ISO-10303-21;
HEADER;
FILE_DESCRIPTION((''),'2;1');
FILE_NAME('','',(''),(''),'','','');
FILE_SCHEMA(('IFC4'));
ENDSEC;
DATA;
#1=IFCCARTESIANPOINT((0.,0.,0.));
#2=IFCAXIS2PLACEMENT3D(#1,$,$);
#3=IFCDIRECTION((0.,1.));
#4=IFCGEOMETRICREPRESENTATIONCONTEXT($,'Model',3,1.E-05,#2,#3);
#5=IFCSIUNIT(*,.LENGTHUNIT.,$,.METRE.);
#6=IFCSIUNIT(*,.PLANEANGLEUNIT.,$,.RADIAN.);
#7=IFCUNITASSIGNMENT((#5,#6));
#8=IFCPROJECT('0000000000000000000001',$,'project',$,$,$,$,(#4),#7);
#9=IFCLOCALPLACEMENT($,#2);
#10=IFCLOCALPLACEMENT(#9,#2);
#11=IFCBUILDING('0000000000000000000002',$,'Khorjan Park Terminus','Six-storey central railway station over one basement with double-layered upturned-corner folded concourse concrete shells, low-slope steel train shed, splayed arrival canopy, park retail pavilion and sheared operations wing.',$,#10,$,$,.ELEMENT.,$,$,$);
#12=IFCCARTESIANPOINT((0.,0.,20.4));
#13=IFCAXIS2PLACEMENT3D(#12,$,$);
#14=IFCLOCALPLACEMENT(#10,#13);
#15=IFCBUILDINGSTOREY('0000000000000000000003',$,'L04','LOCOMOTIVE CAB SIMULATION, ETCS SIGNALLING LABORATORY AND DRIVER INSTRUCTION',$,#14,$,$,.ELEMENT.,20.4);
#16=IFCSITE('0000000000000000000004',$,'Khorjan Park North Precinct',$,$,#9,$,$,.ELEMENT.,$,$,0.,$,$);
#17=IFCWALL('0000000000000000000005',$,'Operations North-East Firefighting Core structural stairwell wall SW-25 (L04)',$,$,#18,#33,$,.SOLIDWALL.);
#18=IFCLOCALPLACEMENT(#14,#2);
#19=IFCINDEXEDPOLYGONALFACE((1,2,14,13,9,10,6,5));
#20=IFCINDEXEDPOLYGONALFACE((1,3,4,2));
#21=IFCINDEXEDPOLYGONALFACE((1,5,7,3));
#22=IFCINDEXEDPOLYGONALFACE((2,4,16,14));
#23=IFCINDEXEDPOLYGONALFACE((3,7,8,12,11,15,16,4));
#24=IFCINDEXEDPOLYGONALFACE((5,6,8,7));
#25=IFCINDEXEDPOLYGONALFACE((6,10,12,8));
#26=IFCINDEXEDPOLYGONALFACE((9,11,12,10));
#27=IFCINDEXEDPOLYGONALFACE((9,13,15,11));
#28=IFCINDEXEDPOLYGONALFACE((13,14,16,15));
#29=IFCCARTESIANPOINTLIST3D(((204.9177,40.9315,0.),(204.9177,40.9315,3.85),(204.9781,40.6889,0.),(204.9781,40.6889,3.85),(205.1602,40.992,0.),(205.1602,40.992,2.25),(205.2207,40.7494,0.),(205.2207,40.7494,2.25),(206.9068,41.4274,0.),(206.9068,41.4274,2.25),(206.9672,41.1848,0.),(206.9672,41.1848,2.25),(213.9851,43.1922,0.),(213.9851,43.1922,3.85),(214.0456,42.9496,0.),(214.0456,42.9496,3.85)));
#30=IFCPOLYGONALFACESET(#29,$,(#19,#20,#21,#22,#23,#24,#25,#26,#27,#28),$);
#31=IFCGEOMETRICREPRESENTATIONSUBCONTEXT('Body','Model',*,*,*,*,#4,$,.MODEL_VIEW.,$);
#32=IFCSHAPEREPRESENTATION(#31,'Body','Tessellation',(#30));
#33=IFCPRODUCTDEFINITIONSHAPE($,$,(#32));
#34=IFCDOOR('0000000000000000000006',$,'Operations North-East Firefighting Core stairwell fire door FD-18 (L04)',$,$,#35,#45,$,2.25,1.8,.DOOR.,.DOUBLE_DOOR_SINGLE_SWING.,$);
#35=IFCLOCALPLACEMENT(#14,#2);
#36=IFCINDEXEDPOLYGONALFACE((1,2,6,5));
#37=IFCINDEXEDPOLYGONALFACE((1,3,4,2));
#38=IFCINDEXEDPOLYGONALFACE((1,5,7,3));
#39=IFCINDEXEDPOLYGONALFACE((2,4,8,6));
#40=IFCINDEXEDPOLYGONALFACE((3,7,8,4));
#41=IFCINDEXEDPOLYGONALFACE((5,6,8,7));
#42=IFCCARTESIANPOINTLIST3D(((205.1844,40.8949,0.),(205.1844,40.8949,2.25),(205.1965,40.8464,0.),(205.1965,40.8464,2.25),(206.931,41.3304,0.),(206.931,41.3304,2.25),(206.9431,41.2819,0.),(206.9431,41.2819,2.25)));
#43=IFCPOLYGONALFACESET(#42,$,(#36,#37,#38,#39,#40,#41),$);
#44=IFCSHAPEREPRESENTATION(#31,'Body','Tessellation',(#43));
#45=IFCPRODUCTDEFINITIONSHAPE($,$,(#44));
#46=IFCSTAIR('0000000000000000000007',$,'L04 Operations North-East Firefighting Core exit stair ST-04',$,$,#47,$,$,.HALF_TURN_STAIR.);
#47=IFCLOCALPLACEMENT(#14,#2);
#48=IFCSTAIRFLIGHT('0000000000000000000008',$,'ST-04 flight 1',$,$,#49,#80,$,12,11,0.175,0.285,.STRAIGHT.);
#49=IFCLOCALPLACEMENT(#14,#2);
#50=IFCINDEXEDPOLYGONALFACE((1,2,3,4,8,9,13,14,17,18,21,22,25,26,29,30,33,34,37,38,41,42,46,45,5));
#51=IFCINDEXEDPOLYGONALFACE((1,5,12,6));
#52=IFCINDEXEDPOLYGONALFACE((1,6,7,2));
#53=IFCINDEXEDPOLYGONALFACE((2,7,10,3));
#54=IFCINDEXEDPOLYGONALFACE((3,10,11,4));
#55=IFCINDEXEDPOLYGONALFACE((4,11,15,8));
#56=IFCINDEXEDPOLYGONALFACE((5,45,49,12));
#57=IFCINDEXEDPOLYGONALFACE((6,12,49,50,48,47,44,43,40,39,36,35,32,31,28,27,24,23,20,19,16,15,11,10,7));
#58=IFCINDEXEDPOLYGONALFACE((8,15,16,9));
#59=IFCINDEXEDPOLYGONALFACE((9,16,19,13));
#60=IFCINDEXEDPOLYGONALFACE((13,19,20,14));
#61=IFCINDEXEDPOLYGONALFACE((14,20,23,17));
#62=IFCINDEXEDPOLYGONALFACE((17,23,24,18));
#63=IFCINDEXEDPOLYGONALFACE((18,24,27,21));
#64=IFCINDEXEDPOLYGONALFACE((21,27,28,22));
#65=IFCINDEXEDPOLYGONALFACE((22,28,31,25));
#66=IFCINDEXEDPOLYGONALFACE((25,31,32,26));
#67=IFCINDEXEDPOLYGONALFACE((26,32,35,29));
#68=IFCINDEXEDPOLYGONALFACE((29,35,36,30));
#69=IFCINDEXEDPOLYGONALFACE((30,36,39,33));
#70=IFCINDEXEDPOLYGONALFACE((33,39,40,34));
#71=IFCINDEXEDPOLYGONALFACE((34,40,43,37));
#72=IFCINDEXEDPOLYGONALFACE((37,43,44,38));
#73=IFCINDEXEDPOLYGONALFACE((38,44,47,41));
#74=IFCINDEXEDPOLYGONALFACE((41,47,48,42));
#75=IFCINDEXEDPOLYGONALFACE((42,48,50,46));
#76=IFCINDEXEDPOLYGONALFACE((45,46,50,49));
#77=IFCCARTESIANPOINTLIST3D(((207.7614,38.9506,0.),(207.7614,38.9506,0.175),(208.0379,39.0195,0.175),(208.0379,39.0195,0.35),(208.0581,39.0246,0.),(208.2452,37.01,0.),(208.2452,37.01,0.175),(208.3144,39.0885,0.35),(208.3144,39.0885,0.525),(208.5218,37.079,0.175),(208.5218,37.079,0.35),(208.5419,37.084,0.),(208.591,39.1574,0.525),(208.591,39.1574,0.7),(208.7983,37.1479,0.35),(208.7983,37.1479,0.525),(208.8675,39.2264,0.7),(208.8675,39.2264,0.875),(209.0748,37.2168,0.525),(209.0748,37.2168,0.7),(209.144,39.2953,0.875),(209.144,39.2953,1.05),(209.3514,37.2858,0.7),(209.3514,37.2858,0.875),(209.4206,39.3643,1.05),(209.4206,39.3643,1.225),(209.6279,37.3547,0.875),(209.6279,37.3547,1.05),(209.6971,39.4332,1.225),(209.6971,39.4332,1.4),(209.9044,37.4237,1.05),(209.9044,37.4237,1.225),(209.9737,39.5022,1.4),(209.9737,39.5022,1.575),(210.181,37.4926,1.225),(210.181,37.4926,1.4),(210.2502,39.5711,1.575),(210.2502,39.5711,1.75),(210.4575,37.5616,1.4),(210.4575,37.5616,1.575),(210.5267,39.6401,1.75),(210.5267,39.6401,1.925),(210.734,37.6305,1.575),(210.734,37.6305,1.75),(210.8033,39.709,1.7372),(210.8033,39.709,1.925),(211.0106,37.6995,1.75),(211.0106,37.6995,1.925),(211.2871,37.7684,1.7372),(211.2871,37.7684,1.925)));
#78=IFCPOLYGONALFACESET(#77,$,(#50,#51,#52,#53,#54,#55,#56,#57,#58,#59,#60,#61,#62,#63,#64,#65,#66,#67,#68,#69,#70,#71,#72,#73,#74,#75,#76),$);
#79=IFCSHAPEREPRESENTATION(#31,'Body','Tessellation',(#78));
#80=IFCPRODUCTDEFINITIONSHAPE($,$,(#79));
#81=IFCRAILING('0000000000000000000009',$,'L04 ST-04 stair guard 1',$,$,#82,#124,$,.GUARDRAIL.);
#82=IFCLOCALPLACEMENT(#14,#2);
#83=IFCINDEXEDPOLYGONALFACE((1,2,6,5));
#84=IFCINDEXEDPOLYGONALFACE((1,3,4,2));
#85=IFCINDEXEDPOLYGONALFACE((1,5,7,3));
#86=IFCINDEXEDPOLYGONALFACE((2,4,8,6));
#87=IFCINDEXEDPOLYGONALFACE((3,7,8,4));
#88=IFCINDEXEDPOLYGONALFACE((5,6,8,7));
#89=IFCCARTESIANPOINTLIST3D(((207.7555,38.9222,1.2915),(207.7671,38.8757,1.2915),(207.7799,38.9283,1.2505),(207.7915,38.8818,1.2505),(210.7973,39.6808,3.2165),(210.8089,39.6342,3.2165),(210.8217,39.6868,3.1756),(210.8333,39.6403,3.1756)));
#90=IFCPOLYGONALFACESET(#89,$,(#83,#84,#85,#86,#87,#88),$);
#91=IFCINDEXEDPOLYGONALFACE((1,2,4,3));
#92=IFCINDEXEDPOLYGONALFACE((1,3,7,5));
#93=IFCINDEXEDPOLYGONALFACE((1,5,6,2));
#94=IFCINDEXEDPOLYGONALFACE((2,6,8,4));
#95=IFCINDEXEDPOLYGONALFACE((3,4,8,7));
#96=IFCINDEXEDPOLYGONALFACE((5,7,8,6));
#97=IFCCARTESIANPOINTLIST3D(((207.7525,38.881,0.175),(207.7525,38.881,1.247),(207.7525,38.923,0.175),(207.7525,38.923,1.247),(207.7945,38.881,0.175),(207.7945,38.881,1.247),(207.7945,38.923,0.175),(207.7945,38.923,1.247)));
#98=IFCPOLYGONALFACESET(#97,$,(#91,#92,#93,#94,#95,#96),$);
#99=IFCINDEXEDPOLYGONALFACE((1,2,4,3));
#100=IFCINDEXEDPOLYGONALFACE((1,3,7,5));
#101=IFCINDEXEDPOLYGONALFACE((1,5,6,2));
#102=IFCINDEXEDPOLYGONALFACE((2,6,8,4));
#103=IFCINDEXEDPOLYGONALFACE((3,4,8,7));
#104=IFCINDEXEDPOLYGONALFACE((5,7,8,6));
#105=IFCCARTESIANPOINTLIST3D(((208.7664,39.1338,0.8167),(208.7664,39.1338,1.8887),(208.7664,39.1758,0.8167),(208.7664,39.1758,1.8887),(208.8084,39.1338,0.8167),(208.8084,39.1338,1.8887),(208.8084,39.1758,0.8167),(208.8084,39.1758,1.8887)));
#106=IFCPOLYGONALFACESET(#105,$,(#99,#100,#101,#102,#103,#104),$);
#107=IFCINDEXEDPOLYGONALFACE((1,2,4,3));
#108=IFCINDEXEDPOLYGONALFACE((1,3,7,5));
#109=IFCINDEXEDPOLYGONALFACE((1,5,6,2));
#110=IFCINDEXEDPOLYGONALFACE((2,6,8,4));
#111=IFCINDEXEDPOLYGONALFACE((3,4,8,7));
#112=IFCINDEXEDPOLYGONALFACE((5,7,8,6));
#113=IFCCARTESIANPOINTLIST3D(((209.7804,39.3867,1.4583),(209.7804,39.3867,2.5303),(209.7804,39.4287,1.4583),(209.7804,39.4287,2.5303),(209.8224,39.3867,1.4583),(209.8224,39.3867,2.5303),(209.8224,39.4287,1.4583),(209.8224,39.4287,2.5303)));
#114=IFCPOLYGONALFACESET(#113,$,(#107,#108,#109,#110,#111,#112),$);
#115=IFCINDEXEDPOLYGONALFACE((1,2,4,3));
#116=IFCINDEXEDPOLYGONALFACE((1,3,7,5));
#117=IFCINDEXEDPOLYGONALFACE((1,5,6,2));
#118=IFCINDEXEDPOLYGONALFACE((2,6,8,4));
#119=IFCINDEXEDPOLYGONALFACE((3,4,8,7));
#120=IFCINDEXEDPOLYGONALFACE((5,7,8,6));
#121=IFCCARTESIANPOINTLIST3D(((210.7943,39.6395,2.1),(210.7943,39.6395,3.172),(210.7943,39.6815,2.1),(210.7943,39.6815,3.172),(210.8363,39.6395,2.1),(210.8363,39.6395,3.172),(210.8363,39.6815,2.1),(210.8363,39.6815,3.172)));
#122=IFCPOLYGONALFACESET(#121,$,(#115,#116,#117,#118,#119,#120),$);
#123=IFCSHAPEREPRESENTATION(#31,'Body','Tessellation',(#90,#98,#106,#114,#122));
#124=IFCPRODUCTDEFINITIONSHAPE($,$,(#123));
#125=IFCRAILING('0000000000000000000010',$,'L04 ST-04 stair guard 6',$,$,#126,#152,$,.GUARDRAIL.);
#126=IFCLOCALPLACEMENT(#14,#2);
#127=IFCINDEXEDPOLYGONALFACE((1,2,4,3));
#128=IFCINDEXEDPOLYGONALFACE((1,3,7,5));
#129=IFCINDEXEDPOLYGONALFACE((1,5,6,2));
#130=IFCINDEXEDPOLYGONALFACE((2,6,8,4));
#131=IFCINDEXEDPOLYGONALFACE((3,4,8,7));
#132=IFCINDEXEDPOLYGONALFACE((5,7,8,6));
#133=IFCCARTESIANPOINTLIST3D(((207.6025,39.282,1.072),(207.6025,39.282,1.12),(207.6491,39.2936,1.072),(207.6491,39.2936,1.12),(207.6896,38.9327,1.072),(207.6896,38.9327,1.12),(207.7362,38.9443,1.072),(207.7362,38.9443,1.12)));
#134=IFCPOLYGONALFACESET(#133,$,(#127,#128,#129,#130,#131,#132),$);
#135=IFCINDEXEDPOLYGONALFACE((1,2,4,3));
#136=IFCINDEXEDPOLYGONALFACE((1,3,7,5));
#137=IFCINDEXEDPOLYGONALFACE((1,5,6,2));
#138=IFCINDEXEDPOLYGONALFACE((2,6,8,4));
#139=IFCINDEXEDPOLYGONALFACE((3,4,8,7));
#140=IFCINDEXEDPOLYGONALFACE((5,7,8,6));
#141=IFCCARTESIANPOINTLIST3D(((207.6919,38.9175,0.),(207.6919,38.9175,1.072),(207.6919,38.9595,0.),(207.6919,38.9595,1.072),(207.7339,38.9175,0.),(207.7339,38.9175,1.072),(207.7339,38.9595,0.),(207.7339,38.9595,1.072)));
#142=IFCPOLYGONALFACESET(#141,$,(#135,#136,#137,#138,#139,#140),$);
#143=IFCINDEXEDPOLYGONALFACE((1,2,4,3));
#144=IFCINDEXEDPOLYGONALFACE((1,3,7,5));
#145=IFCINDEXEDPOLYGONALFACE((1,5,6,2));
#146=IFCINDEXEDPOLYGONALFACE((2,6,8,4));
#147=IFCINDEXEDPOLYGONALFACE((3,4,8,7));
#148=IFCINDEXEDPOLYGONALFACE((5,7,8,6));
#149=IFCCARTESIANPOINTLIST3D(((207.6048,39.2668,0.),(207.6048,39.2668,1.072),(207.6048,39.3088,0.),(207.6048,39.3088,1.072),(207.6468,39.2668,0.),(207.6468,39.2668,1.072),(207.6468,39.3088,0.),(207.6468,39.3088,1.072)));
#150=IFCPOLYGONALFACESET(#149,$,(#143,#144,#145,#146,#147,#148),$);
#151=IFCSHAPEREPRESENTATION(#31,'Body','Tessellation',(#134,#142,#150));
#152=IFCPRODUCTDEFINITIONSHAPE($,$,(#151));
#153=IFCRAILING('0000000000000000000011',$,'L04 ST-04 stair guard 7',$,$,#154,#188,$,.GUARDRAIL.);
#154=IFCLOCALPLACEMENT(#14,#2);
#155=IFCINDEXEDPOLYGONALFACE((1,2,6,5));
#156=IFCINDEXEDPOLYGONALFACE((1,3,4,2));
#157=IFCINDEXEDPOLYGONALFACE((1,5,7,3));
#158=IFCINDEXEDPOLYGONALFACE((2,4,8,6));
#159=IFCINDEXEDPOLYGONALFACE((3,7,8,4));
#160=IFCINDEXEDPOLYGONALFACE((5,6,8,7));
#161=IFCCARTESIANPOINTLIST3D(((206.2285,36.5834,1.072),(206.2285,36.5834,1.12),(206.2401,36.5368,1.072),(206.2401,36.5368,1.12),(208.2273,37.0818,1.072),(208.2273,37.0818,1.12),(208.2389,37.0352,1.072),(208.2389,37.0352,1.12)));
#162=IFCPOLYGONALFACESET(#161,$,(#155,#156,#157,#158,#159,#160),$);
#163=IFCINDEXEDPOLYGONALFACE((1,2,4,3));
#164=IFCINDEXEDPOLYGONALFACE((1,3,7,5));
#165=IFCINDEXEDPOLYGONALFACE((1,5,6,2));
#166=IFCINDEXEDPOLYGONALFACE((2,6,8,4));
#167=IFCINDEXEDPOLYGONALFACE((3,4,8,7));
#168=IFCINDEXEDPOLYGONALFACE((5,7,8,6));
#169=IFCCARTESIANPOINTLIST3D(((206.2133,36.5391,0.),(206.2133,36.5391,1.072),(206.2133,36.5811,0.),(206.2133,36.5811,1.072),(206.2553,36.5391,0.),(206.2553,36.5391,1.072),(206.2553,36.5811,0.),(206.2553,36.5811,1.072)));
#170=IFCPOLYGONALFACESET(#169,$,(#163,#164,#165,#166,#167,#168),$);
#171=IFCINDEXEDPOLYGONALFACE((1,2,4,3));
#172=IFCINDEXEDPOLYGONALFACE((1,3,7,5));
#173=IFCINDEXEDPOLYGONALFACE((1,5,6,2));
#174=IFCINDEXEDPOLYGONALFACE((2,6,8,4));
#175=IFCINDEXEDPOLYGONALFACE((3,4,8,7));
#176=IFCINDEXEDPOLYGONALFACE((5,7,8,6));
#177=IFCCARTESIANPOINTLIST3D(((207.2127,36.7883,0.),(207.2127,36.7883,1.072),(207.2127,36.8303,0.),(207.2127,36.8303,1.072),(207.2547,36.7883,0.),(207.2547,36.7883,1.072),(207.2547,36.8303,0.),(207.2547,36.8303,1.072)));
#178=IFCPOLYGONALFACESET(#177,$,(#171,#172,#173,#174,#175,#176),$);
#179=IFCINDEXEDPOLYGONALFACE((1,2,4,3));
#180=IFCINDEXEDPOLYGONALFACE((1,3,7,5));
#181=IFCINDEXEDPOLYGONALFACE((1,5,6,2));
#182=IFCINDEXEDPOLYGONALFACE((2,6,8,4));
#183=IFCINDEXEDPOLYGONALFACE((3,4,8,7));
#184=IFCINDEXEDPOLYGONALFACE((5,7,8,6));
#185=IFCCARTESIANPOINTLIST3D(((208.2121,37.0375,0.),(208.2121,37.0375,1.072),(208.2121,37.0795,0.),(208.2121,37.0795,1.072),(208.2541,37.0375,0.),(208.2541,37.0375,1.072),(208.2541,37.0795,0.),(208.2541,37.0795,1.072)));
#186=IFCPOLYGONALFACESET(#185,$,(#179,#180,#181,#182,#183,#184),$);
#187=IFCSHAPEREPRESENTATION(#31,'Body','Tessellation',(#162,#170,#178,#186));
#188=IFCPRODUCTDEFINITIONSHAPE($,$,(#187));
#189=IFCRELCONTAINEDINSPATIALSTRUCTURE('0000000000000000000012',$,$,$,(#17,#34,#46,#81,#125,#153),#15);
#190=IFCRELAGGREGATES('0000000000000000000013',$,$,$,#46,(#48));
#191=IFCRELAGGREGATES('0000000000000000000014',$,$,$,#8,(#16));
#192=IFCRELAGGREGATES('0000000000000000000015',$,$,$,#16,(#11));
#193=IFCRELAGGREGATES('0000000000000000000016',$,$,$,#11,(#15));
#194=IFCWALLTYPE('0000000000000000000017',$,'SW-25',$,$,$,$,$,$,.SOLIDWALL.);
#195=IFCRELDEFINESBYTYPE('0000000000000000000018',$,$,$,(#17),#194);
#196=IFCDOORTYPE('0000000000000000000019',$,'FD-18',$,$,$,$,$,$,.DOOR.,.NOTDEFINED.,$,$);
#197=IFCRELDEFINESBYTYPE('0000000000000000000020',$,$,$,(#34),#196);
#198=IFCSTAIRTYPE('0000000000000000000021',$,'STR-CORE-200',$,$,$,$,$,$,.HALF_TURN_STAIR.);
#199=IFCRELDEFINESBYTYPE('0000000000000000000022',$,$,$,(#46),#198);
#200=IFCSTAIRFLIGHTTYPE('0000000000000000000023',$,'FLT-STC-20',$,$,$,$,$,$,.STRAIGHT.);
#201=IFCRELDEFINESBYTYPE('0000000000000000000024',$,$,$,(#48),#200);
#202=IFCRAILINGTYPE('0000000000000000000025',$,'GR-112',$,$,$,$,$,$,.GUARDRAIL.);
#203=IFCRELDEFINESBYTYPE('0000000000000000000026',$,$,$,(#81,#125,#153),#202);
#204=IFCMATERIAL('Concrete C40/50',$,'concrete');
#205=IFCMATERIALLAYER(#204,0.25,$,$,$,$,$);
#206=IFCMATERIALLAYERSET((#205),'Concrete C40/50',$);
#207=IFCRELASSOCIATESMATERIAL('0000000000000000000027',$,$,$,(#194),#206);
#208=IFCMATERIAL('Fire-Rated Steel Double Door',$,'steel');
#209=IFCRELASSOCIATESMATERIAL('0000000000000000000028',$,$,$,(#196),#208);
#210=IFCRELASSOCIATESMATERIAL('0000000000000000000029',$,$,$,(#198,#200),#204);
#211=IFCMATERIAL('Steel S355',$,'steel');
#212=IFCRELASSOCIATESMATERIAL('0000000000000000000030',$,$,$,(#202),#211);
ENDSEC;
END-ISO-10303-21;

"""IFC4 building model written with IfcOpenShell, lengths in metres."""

from ifc_helpers import new_model, si_unit, direction, frame, frame_2d, origin, origin_2d, place, context, subcontext, project, spatial, polyline, rectangle, outline, extrude, material, layer, layer_set, type_object, element, fill, aggregate, save


model = new_model("IFC4")

# Units and contexts
model_context = context("Model", 3, precision=1e-05, world=origin(), true_north=direction((0.0, 1.0)))
body_context = subcontext(model_context, "Body", "Model", "MODEL_VIEW")
ifc_project = project(units=[si_unit("LENGTHUNIT", "METRE"), si_unit("PLANEANGLEUNIT", "RADIAN")], contexts=[model_context])

# Site, building, storey
site_placement = place(None, origin())
site = spatial("IfcSite", under=ifc_project, at=site_placement, Name="Khorjan Park North Precinct", CompositionType="ELEMENT", RefElevation=0.0)
building_placement = place(site_placement, origin())
building = spatial("IfcBuilding", under=site, at=building_placement, Name="Khorjan Park Terminus", Description="Six-storey central railway station over one basement with double-layered upturned-corner folded concourse concrete shells, low-slope steel train shed, splayed arrival canopy, park retail pavilion and sheared operations wing.", CompositionType="ELEMENT")
storey_placement = place(building_placement, frame((0.0, 0.0, 20.4)))
storey = spatial("IfcBuildingStorey", under=building, at=storey_placement, Name="L04", Description="LOCOMOTIVE CAB SIMULATION, ETCS SIGNALLING LABORATORY AND DRIVER INSTRUCTION", CompositionType="ELEMENT", Elevation=20.4)

# Shared definitions
ifc_material_1 = material(Name="Steel S355", Category="steel")
ifc_material_2 = material(Name="Concrete C40/50", Category="concrete")

# Wall, opening, door
ifc_layer_1 = layer(ifc_material_2, 0.25)
ifc_layer_set_1 = layer_set([ifc_layer_1], Name="Concrete C40/50")
wall_type_1 = type_object("IfcWallType", Name="SW-25", PredefinedType="SOLIDWALL", material=ifc_layer_set_1)
wall_1_placement = place(storey_placement, frame((204.9479, 40.8102, 0.0), z_axis=(0.0, 0.0, 1.0), x_axis=(0.970297, 0.241916, 0.0)))
wall_1 = element("IfcWall", 1, at=wall_1_placement, inside=storey, type_object=wall_type_1, Name="Operations North-East Firefighting Core structural stairwell wall SW-25 (L04)", PredefinedType="SOLIDWALL", context=body_context, shape_type="SweptSolid", body=[
    extrude(rectangle(XDim=9.345, YDim=0.25, at=frame_2d((4.6725, 0.0))), origin(), (0.0, 0.0, 1.0), 3.85),
])
opening_placement = place(wall_1_placement, frame((0.25, 0.0, 0.0)))
opening = element("IfcOpeningElement", 2, at=opening_placement, cuts=wall_1, PredefinedType="OPENING", context=body_context, shape_type="SweptSolid", body=[
    extrude(rectangle(XDim=1.8, YDim=2.25, at=frame_2d((0.9, 1.125))), frame((0.0, 0.135, 0.0), z_axis=(0.0, -1.0, 0.0), x_axis=(1.0, 0.0, 0.0)), (0.0, 0.0, 1.0), 0.27),
])
ifc_material_3 = material(Name="Fire-Rated Steel Double Door", Category="steel")
door_type = type_object("IfcDoorType", Name="FD-18", OperationType="NOTDEFINED", PredefinedType="DOOR", material=ifc_material_3)
door_placement = place(opening_placement, origin())
door = element("IfcDoor", 3, at=door_placement, inside=storey, type_object=door_type, Name="Operations North-East Firefighting Core stairwell fire door FD-18 (L04)", OperationType="DOUBLE_DOOR_SINGLE_SWING", OverallHeight=2.25, OverallWidth=1.8, PredefinedType="DOOR", context=body_context, shape_type="SweptSolid", body=[
    extrude(rectangle(XDim=1.8, YDim=2.25, at=frame_2d((0.9, 1.125))), frame((0.0, 0.025, 0.0), z_axis=(0.0, -1.0, 0.0), x_axis=(1.0, 0.0, 0.0)), (0.0, 0.0, 1.0), 0.05),
])
fill(opening, door)

# Stair, stair flight
stair_type = type_object("IfcStairType", Name="STR-CORE-200", PredefinedType="HALF_TURN_STAIR", material=ifc_material_2)
stair_placement = place(storey_placement, origin())
stair = element("IfcStair", 4, at=stair_placement, inside=storey, type_object=stair_type, Name="L04 Operations North-East Firefighting Core exit stair ST-04", PredefinedType="HALF_TURN_STAIR")
stair_flight_type = type_object("IfcStairFlightType", Name="FLT-STC-20", PredefinedType="STRAIGHT", material=ifc_material_2)
stair_flight_placement = place(storey_placement, frame((208.0033, 37.9803, 0.0), z_axis=(0.0, 0.0, 1.0), x_axis=(0.970296, 0.241922, 0.0)))
stair_flight = element("IfcStairFlight", 5, at=stair_flight_placement, type_object=stair_flight_type, Name="ST-04 flight 1", NumberOfRisers=12, NumberOfTreads=11, PredefinedType="STRAIGHT", RiserHeight=0.175, TreadLength=0.285, context=body_context, shape_type="SweptSolid", body=[
    extrude(outline(polyline([(0.0, 0.0), (0.0, 0.175), (0.285, 0.175), (0.285, 0.35), (0.57, 0.35), (0.57, 0.525), (0.855, 0.525), (0.855, 0.7), (1.14, 0.7), (1.14, 0.875), (1.425, 0.875), (1.425, 1.05), (1.71, 1.05), (1.71, 1.225), (1.995, 1.225), (1.995, 1.4), (2.28, 1.4), (2.28, 1.575), (2.565, 1.575), (2.565, 1.75), (2.85, 1.75), (2.85, 1.925), (3.135, 1.925), (3.135, 2.1), (3.135, 1.7372), (0.3058, 0.0), (0.0, 0.0)])), frame((0.0, 1.0, 0.0), z_axis=(0.0, -1.0, 0.0), x_axis=(1.0, 0.0, 0.0)), (0.0, 0.0, 1.0), 2.0),
])
aggregate(stair, [stair_flight])

# Railings
railing_type = type_object("IfcRailingType", Name="GR-112", PredefinedType="GUARDRAIL", material=ifc_material_1)
railing_1_placement = place(storey_placement, frame((207.7735, 38.902, 0.175)))
element("IfcRailing", 6, at=railing_1_placement, inside=storey, type_object=railing_type, Name="L04 ST-04 stair guard 1", PredefinedType="GUARDRAIL", context=body_context, shape_type="SweptSolid", body=[
    extrude(rectangle(XDim=0.048, YDim=0.048, at=origin_2d()), frame((0.0, 0.0, 1.096), z_axis=(0.826848, 0.206182, 0.52327), x_axis=(-0.24195, 0.970289, 0.0)), (0.0, 0.0, 1.0), 3.6788),
    extrude(rectangle(XDim=0.042, YDim=0.042, at=origin_2d()), origin(), (0.0, 0.0, 1.0), 1.072),
    extrude(rectangle(XDim=0.042, YDim=0.042, at=origin_2d()), frame((1.0139, 0.2528, 0.6417)), (0.0, 0.0, 1.0), 1.072),
    extrude(rectangle(XDim=0.042, YDim=0.042, at=origin_2d()), frame((2.0279, 0.5057, 1.2833)), (0.0, 0.0, 1.0), 1.072),
    extrude(rectangle(XDim=0.042, YDim=0.042, at=origin_2d()), frame((3.0418, 0.7585, 1.925)), (0.0, 0.0, 1.0), 1.072),
])
railing_2_placement = place(storey_placement, frame((207.7129, 38.9385, 0.0)))
element("IfcRailing", 7, at=railing_2_placement, inside=storey, type_object=railing_type, Name="L04 ST-04 stair guard 6", PredefinedType="GUARDRAIL", context=body_context, shape_type="SweptSolid", body=[
    extrude(rectangle(XDim=0.048, YDim=0.048, at=origin_2d()), frame((0.0, 0.0, 1.096), z_axis=(-0.241947, 0.970289, 0.0), x_axis=(-0.970289, -0.241947, 0.0)), (0.0, 0.0, 1.0), 0.36),
    extrude(rectangle(XDim=0.042, YDim=0.042, at=origin_2d()), origin(), (0.0, 0.0, 1.0), 1.072),
    extrude(rectangle(XDim=0.042, YDim=0.042, at=origin_2d()), frame((-0.0871, 0.3493, 0.0)), (0.0, 0.0, 1.0), 1.072),
])
railing_3_placement = place(storey_placement, frame((206.2343, 36.5601, 0.0)))
element("IfcRailing", 8, at=railing_3_placement, inside=storey, type_object=railing_type, Name="L04 ST-04 stair guard 7", PredefinedType="GUARDRAIL", context=body_context, shape_type="SweptSolid", body=[
    extrude(rectangle(XDim=0.048, YDim=0.048, at=origin_2d()), frame((0.0, 0.0, 1.096), z_axis=(0.970291, 0.241942, 0.0), x_axis=(-0.241942, 0.970291, 0.0)), (0.0, 0.0, 1.0), 2.06),
    extrude(rectangle(XDim=0.042, YDim=0.042, at=origin_2d()), origin(), (0.0, 0.0, 1.0), 1.072),
    extrude(rectangle(XDim=0.042, YDim=0.042, at=origin_2d()), frame((0.9994, 0.2492, 0.0)), (0.0, 0.0, 1.0), 1.072),
    extrude(rectangle(XDim=0.042, YDim=0.042, at=origin_2d()), frame((1.9988, 0.4984, 0.0)), (0.0, 0.0, 1.0), 1.072),
])

save(model, "model.ifc")
